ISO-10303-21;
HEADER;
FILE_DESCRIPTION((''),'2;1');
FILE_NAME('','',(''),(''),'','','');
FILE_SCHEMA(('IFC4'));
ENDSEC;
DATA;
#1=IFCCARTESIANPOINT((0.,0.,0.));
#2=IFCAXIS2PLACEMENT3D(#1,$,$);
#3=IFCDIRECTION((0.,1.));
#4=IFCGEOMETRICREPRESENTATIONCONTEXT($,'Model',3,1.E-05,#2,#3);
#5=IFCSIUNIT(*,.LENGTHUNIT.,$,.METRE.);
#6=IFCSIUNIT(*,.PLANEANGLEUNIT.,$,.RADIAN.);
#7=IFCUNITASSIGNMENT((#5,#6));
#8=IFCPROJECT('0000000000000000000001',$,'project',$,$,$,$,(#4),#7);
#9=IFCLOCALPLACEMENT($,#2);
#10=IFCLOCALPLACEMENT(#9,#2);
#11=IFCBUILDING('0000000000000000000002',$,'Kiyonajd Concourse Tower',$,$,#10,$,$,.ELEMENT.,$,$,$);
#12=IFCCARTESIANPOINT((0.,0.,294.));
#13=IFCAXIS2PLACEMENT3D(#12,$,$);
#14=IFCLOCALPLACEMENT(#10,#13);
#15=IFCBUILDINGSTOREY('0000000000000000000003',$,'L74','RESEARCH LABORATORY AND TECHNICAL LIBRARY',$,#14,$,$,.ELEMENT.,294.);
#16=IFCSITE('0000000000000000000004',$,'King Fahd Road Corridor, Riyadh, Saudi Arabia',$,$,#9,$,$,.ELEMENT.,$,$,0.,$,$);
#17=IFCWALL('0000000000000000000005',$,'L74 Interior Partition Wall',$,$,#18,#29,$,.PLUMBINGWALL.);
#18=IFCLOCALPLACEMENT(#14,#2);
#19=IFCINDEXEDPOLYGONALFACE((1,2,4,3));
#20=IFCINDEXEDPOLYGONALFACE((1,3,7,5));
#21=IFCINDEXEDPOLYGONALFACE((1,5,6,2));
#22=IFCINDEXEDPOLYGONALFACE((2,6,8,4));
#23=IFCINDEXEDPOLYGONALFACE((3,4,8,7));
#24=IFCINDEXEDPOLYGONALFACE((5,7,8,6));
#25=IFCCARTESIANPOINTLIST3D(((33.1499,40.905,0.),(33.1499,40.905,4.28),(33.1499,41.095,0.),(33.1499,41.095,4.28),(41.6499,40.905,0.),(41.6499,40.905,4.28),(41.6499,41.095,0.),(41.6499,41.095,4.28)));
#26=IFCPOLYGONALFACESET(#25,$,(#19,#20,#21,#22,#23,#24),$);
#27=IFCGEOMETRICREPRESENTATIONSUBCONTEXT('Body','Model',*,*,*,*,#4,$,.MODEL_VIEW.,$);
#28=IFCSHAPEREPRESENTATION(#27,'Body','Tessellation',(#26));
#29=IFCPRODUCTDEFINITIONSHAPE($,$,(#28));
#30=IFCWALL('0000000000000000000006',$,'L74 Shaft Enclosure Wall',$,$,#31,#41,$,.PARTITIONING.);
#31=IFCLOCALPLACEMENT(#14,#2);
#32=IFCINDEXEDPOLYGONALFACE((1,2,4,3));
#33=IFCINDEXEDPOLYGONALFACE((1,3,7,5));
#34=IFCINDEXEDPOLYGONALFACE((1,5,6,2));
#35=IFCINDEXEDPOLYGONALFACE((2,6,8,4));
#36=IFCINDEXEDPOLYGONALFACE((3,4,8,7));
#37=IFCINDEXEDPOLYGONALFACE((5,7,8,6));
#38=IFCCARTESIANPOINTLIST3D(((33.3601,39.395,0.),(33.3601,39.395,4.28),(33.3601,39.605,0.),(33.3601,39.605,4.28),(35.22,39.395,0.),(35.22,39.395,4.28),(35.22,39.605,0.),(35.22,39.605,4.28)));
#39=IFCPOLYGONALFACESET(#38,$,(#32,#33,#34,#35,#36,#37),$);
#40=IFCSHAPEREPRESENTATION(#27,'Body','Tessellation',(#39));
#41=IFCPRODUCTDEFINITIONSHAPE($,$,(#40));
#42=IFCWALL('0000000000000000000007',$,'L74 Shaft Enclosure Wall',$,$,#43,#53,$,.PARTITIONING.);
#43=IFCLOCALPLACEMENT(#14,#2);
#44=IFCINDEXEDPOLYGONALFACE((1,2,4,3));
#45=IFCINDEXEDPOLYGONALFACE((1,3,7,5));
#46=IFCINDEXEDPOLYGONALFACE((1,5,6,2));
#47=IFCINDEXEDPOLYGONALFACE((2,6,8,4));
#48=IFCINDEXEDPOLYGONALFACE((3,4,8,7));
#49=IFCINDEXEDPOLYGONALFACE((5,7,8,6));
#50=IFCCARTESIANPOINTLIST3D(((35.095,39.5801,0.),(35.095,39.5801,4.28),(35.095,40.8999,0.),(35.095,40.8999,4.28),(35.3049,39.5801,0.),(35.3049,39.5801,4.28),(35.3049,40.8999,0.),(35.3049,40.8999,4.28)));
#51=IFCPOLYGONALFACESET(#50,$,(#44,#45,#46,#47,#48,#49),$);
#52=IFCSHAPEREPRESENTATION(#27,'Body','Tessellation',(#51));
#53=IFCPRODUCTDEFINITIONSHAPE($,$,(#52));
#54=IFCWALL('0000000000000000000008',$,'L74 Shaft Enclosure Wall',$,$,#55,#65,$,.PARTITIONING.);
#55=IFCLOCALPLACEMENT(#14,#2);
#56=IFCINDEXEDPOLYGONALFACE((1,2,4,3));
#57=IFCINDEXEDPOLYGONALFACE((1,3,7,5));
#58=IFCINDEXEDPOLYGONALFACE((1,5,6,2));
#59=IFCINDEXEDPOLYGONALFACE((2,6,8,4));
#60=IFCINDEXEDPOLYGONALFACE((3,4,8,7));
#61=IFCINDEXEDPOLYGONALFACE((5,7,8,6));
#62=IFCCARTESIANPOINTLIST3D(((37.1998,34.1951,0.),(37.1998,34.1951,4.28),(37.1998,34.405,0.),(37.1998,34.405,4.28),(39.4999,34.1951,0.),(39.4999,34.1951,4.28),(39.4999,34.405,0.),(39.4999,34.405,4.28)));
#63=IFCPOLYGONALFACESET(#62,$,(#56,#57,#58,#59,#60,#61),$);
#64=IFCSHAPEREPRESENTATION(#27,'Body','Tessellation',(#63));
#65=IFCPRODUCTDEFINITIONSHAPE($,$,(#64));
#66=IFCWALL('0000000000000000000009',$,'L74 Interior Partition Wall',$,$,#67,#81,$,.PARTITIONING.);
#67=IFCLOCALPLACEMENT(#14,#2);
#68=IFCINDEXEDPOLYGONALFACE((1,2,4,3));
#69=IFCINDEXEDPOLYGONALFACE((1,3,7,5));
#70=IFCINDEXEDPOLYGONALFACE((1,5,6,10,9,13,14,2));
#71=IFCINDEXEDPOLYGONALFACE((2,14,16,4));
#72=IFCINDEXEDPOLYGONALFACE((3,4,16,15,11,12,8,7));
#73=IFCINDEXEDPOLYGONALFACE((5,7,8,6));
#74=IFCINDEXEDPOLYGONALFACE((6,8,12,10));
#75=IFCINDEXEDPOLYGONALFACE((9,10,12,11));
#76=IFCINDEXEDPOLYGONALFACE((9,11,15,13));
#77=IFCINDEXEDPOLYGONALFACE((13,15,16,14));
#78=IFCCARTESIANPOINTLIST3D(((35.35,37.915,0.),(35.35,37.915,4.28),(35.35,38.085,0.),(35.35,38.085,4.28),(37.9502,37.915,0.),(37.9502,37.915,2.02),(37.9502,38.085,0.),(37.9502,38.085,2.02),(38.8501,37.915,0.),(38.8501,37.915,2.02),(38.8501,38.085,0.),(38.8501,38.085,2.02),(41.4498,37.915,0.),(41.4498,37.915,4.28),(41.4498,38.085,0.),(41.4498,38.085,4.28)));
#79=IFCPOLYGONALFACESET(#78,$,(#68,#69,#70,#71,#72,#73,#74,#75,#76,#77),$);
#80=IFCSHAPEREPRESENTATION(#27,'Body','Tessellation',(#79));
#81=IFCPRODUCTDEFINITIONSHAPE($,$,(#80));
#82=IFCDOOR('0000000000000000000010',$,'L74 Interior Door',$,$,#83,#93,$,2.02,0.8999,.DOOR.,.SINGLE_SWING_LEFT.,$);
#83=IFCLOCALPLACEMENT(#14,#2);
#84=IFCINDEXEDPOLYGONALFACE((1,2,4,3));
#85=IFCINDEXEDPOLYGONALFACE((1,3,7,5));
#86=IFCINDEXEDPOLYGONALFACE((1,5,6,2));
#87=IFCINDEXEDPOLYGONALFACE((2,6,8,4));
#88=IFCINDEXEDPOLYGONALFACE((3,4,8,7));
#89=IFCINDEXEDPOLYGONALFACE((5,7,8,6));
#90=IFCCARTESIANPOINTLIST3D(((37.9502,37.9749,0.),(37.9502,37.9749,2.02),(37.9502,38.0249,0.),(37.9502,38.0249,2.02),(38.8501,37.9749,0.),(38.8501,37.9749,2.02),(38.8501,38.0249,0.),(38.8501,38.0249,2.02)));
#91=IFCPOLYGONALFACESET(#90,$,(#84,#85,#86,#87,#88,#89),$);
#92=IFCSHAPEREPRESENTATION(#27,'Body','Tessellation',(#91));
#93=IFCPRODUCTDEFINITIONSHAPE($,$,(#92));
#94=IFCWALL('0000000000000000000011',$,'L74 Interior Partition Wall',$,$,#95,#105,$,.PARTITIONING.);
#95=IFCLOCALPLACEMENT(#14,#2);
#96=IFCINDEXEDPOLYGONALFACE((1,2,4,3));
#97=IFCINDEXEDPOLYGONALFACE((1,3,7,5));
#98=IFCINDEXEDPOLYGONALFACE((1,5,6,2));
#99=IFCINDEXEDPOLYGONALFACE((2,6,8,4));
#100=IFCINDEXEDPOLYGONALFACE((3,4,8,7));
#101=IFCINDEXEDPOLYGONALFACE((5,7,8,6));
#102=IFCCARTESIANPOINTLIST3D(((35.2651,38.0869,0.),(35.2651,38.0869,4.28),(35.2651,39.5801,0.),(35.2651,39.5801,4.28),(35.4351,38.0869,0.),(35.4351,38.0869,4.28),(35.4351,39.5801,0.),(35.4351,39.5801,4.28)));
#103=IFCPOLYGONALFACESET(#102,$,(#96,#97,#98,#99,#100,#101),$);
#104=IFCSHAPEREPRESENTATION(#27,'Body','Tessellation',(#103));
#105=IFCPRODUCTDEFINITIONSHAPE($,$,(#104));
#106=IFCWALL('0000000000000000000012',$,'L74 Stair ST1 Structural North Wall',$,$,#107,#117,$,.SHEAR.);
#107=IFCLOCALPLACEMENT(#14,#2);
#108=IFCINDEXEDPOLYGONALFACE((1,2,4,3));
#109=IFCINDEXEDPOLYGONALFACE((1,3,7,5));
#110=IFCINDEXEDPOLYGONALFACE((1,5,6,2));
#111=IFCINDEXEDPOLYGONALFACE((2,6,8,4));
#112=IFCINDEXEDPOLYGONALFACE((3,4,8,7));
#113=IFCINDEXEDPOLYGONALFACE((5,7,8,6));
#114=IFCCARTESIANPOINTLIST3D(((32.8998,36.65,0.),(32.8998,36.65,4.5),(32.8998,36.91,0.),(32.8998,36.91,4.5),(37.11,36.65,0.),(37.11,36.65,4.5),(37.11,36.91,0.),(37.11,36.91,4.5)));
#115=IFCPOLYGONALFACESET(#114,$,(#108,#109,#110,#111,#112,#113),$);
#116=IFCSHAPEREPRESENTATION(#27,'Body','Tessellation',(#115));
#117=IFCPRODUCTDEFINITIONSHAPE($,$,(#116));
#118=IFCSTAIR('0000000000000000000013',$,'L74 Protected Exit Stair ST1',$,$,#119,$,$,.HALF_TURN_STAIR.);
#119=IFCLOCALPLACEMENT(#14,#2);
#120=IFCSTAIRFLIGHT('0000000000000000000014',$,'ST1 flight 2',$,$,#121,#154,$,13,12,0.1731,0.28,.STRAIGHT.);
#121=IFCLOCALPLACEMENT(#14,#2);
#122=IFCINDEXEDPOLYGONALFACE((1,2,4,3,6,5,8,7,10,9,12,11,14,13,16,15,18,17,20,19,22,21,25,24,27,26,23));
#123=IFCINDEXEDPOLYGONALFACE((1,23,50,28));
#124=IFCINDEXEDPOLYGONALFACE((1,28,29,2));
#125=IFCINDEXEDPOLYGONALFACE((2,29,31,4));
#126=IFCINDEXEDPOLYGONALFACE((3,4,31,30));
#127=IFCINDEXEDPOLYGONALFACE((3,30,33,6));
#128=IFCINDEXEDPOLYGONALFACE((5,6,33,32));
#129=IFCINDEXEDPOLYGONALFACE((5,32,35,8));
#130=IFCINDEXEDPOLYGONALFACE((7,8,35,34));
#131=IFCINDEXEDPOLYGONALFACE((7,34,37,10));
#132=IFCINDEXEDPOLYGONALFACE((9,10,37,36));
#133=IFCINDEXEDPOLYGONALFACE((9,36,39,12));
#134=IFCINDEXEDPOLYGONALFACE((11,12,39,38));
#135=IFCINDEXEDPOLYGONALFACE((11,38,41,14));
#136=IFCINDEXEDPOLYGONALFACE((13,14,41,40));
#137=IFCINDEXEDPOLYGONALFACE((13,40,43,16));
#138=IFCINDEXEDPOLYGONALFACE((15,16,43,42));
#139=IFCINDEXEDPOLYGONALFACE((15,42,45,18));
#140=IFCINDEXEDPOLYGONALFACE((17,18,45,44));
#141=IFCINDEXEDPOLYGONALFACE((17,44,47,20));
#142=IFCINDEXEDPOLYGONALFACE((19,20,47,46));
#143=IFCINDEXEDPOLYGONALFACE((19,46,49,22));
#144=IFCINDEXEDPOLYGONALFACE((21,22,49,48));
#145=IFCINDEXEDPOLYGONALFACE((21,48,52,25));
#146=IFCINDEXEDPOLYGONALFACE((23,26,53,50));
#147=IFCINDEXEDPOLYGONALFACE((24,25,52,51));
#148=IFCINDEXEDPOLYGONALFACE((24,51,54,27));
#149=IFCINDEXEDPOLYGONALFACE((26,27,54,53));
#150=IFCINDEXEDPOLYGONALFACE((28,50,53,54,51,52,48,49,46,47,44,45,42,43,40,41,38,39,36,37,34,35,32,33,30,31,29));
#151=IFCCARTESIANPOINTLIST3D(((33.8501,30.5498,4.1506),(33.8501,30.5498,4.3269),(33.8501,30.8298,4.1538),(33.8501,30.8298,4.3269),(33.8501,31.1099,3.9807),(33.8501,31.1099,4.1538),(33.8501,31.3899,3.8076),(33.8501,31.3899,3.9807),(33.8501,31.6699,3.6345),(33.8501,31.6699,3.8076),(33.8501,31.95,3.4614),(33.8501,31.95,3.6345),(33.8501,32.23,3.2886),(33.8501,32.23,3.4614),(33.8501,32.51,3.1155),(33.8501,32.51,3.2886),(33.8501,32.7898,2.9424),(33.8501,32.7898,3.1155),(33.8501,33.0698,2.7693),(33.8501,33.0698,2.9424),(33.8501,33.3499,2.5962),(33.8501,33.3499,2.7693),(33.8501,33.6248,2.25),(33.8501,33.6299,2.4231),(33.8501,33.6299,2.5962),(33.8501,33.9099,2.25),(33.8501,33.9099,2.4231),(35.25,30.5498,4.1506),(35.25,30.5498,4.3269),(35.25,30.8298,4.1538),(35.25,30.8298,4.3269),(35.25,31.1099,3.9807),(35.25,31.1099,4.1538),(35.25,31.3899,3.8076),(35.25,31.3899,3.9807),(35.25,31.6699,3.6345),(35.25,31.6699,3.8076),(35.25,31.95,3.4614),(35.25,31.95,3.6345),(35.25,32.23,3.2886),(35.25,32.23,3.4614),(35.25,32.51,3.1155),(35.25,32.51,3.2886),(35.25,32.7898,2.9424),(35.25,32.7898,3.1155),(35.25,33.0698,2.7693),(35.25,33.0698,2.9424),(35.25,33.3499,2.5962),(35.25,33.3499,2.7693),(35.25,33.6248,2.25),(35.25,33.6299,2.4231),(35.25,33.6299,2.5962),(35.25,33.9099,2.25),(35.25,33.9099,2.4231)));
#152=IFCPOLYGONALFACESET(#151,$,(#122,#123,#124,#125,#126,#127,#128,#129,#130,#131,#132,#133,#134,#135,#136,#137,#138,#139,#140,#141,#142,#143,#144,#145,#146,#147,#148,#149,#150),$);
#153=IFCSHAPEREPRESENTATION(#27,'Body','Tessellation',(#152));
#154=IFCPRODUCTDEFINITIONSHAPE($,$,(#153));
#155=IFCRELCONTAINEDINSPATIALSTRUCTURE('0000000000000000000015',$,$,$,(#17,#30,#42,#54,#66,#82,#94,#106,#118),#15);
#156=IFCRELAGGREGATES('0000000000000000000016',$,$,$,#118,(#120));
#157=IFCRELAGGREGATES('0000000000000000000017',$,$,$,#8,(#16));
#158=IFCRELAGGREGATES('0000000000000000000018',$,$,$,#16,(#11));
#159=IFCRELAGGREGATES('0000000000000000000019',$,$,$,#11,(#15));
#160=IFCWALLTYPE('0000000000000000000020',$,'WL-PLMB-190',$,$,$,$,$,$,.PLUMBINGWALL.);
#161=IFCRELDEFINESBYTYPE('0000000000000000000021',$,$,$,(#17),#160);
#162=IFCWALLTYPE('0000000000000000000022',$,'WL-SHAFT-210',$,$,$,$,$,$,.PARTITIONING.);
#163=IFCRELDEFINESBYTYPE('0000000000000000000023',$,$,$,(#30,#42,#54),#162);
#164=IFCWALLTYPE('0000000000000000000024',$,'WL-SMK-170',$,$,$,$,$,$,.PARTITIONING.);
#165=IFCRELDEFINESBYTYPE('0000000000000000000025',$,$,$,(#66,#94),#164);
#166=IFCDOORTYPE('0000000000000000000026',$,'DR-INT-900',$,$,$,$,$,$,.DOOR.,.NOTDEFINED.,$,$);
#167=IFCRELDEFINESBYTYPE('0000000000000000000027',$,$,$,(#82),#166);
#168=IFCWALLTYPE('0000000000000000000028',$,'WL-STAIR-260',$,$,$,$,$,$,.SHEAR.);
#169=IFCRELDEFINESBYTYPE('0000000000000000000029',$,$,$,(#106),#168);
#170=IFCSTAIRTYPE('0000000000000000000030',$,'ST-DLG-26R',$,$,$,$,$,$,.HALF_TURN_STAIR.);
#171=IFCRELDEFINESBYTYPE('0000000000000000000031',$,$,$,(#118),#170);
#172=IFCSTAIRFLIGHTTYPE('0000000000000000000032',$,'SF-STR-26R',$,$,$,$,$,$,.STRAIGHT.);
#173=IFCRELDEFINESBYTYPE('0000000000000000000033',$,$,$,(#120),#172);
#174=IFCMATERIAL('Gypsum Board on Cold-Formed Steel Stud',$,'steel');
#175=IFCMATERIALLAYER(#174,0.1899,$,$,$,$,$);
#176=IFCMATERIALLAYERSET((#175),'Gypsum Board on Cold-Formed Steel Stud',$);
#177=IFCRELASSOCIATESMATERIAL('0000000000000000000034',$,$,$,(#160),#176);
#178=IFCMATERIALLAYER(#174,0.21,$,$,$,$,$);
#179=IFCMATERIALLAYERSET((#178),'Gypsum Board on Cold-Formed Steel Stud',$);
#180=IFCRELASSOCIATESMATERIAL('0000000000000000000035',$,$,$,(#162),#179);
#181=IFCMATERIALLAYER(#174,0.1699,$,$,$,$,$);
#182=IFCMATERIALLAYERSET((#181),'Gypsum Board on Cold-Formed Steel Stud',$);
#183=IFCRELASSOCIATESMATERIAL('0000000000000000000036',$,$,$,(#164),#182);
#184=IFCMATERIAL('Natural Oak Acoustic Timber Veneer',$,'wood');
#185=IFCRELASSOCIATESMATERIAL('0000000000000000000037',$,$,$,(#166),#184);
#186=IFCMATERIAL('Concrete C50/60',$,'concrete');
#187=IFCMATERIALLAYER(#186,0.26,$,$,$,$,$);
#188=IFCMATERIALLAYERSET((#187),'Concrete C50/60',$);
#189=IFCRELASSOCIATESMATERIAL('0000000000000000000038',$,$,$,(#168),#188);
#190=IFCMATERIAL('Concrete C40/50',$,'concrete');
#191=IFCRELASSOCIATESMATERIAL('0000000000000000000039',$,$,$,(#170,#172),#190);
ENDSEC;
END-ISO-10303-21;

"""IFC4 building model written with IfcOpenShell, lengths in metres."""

from ifc_helpers import new_model, si_unit, direction, frame, frame_2d, origin, place, context, subcontext, project, spatial, polyline, rectangle, outline, extrude, material, layer, layer_set, type_object, element, fill, aggregate, save


model = new_model("IFC4")

# Units and contexts
model_context = context("Model", 3, precision=1e-05, world=origin(), true_north=direction((0.0, 1.0)))
body_context = subcontext(model_context, "Body", "Model", "MODEL_VIEW")
ifc_project = project(units=[si_unit("LENGTHUNIT", "METRE"), si_unit("PLANEANGLEUNIT", "RADIAN")], contexts=[model_context])

# Site, building, storey
site_placement = place(None, origin())
site = spatial("IfcSite", under=ifc_project, at=site_placement, Name="King Fahd Road Corridor, Riyadh, Saudi Arabia", CompositionType="ELEMENT", RefElevation=0.0)
building_placement = place(site_placement, origin())
building = spatial("IfcBuilding", under=site, at=building_placement, Name="Kiyonajd Concourse Tower", CompositionType="ELEMENT")
storey_placement = place(building_placement, frame((0.0, 0.0, 294.0)))
storey = spatial("IfcBuildingStorey", under=building, at=storey_placement, Name="L74", Description="RESEARCH LABORATORY AND TECHNICAL LIBRARY", CompositionType="ELEMENT", Elevation=294.0)

# Walls
ifc_material_1 = material(Name="Gypsum Board on Cold-Formed Steel Stud", Category="steel")
ifc_layer_1 = layer(ifc_material_1, 0.1899)
ifc_layer_set_1 = layer_set([ifc_layer_1], Name="Gypsum Board on Cold-Formed Steel Stud")
wall_type_1 = type_object("IfcWallType", Name="WL-PLMB-190", PredefinedType="PLUMBINGWALL", material=ifc_layer_set_1)
wall_1_placement = place(storey_placement, frame((33.1499, 41.0, 0.0), z_axis=(0.0, 0.0, 1.0), x_axis=(1.0, 0.0, 0.0)))
element("IfcWall", 1, at=wall_1_placement, inside=storey, type_object=wall_type_1, Name="L74 Interior Partition Wall", PredefinedType="PLUMBINGWALL", context=body_context, shape_type="SweptSolid", body=[
    extrude(rectangle(XDim=8.5, YDim=0.1899, at=frame_2d((4.25, 0.0))), origin(), (0.0, 0.0, 1.0), 4.28),
])
ifc_layer_2 = layer(ifc_material_1, 0.21)
ifc_layer_set_2 = layer_set([ifc_layer_2], Name="Gypsum Board on Cold-Formed Steel Stud")
wall_type_2 = type_object("IfcWallType", Name="WL-SHAFT-210", PredefinedType="PARTITIONING", material=ifc_layer_set_2)
wall_2_placement = place(storey_placement, frame((33.3601, 39.5, 0.0), z_axis=(0.0, 0.0, 1.0), x_axis=(1.0, 0.0, 0.0)))
element("IfcWall", 2, at=wall_2_placement, inside=storey, type_object=wall_type_2, Name="L74 Shaft Enclosure Wall", PredefinedType="PARTITIONING", context=body_context, shape_type="SweptSolid", body=[
    extrude(rectangle(XDim=1.8599, YDim=0.21, at=frame_2d((0.9299, 0.0))), origin(), (0.0, 0.0, 1.0), 4.28),
])
wall_3_placement = place(storey_placement, frame((35.2, 39.5801, 0.0), z_axis=(0.0, 0.0, 1.0), x_axis=(0.0, 1.0, 0.0)))
element("IfcWall", 3, at=wall_3_placement, inside=storey, type_object=wall_type_2, Name="L74 Shaft Enclosure Wall", PredefinedType="PARTITIONING", context=body_context, shape_type="SweptSolid", body=[
    extrude(rectangle(XDim=1.3198, YDim=0.21, at=frame_2d((0.6599, 0.0))), origin(), (0.0, 0.0, 1.0), 4.28),
])
wall_4_placement = place(storey_placement, frame((37.2, 34.3, 0.0), z_axis=(0.0, 0.0, 1.0), x_axis=(1.0, 0.0, 0.0)))
element("IfcWall", 4, at=wall_4_placement, inside=storey, type_object=wall_type_2, Name="L74 Shaft Enclosure Wall", PredefinedType="PARTITIONING", context=body_context, shape_type="SweptSolid", body=[
    extrude(rectangle(XDim=2.3, YDim=0.21, at=frame_2d((1.1499, 0.0))), origin(), (0.0, 0.0, 1.0), 4.28),
])

# Wall, opening, door
ifc_layer_3 = layer(ifc_material_1, 0.1699)
ifc_layer_set_3 = layer_set([ifc_layer_3], Name="Gypsum Board on Cold-Formed Steel Stud")
wall_type_3 = type_object("IfcWallType", Name="WL-SMK-170", PredefinedType="PARTITIONING", material=ifc_layer_set_3)
wall_5_placement = place(storey_placement, frame((35.3501, 38.0, 0.0), z_axis=(0.0, 0.0, 1.0), x_axis=(1.0, 0.0, 0.0)))
wall_5 = element("IfcWall", 5, at=wall_5_placement, inside=storey, type_object=wall_type_3, Name="L74 Interior Partition Wall", PredefinedType="PARTITIONING", context=body_context, shape_type="SweptSolid", body=[
    extrude(rectangle(XDim=6.0999, YDim=0.1699, at=frame_2d((3.0498, 0.0))), origin(), (0.0, 0.0, 1.0), 4.28),
])
opening_1_placement = place(wall_5_placement, frame((2.6001, 0.0, 0.0)))
opening_1 = element("IfcOpeningElement", 6, at=opening_1_placement, cuts=wall_5, PredefinedType="OPENING", context=body_context, shape_type="SweptSolid", body=[
    extrude(rectangle(XDim=0.8999, YDim=2.02, at=frame_2d((0.45, 1.01))), frame((0.0, 0.095, 0.0), z_axis=(0.0, -1.0, 0.0), x_axis=(1.0, 0.0, 0.0)), (0.0, 0.0, 1.0), 0.1899),
])
ifc_material_2 = material(Name="Natural Oak Acoustic Timber Veneer", Category="wood")
door_type = type_object("IfcDoorType", Name="DR-INT-900", OperationType="NOTDEFINED", PredefinedType="DOOR", material=ifc_material_2)
door_placement = place(opening_1_placement, origin())
door = element("IfcDoor", 7, at=door_placement, inside=storey, type_object=door_type, Name="L74 Interior Door", OperationType="SINGLE_SWING_LEFT", OverallHeight=2.02, OverallWidth=0.8999, PredefinedType="DOOR", context=body_context, shape_type="SweptSolid", body=[
    extrude(rectangle(XDim=0.8999, YDim=2.02, at=frame_2d((0.45, 1.01))), frame((0.0, 0.0249, 0.0), z_axis=(0.0, -1.0, 0.0), x_axis=(1.0, 0.0, 0.0)), (0.0, 0.0, 1.0), 0.05),
])
fill(opening_1, door)

# Walls
wall_6_placement = place(storey_placement, frame((35.3501, 38.0869, 0.0), z_axis=(0.0, 0.0, 1.0), x_axis=(0.0, 1.0, 0.0)))
element("IfcWall", 8, at=wall_6_placement, inside=storey, type_object=wall_type_3, Name="L74 Interior Partition Wall", PredefinedType="PARTITIONING", context=body_context, shape_type="SweptSolid", body=[
    extrude(rectangle(XDim=1.4932, YDim=0.1699, at=frame_2d((0.7466, 0.0))), origin(), (0.0, 0.0, 1.0), 4.28),
])
ifc_material_3 = material(Name="Concrete C50/60", Category="concrete")
ifc_layer_4 = layer(ifc_material_3, 0.26)
ifc_layer_set_4 = layer_set([ifc_layer_4], Name="Concrete C50/60")
wall_type_4 = type_object("IfcWallType", Name="WL-STAIR-260", PredefinedType="SHEAR", material=ifc_layer_set_4)
wall_7_placement = place(storey_placement, frame((32.8999, 36.78, 0.0), z_axis=(0.0, 0.0, 1.0), x_axis=(1.0, 0.0, 0.0)))
element("IfcWall", 9, at=wall_7_placement, inside=storey, type_object=wall_type_4, Name="L74 Stair ST1 Structural North Wall", PredefinedType="SHEAR", context=body_context, shape_type="SweptSolid", body=[
    extrude(rectangle(XDim=4.2102, YDim=0.26, at=frame_2d((2.105, 0.0))), origin(), (0.0, 0.0, 1.0), 4.5),
])

# Stair, stair flight
ifc_material_4 = material(Name="Concrete C40/50", Category="concrete")
stair_type = type_object("IfcStairType", Name="ST-DLG-26R", PredefinedType="HALF_TURN_STAIR", material=ifc_material_4)
stair_placement = place(storey_placement, origin())
stair = element("IfcStair", 10, at=stair_placement, inside=storey, type_object=stair_type, Name="L74 Protected Exit Stair ST1", PredefinedType="HALF_TURN_STAIR")
stair_flight_type = type_object("IfcStairFlightType", Name="SF-STR-26R", PredefinedType="STRAIGHT", material=ifc_material_4)
stair_flight_placement = place(storey_placement, frame((34.55, 33.9099, 2.25), z_axis=(0.0, 0.0, 1.0), x_axis=(0.0, -1.0, 0.0)))
stair_flight = element("IfcStairFlight", 11, at=stair_flight_placement, type_object=stair_flight_type, Name="ST1 flight 2", NumberOfRisers=13, NumberOfTreads=12, PredefinedType="STRAIGHT", RiserHeight=0.1731, TreadLength=0.28, context=body_context, shape_type="SweptSolid", body=[
    extrude(outline(polyline([(0.0, 0.0), (0.0, 0.1731), (0.28, 0.1731), (0.28, 0.3462), (0.5601, 0.3462), (0.5601, 0.5193), (0.8401, 0.5193), (0.8401, 0.6924), (1.1201, 0.6924), (1.1201, 0.8655), (1.3999, 0.8655), (1.3999, 1.0386), (1.6799, 1.0386), (1.6799, 1.2114), (1.96, 1.2114), (1.96, 1.3845), (2.24, 1.3845), (2.24, 1.5576), (2.52, 1.5576), (2.52, 1.7307), (2.8, 1.7307), (2.8, 1.9038), (3.0801, 1.9038), (3.0801, 2.0769), (3.3601, 2.0769), (3.3601, 2.25), (3.3601, 1.9006), (0.2852, 0.0), (0.0, 0.0)])), frame((0.0, 0.7, 0.0), z_axis=(0.0, -1.0, 0.0), x_axis=(1.0, 0.0, 0.0)), (0.0, 0.0, 1.0), 1.3999),
])
aggregate(stair, [stair_flight])

save(model, "model.ifc")
